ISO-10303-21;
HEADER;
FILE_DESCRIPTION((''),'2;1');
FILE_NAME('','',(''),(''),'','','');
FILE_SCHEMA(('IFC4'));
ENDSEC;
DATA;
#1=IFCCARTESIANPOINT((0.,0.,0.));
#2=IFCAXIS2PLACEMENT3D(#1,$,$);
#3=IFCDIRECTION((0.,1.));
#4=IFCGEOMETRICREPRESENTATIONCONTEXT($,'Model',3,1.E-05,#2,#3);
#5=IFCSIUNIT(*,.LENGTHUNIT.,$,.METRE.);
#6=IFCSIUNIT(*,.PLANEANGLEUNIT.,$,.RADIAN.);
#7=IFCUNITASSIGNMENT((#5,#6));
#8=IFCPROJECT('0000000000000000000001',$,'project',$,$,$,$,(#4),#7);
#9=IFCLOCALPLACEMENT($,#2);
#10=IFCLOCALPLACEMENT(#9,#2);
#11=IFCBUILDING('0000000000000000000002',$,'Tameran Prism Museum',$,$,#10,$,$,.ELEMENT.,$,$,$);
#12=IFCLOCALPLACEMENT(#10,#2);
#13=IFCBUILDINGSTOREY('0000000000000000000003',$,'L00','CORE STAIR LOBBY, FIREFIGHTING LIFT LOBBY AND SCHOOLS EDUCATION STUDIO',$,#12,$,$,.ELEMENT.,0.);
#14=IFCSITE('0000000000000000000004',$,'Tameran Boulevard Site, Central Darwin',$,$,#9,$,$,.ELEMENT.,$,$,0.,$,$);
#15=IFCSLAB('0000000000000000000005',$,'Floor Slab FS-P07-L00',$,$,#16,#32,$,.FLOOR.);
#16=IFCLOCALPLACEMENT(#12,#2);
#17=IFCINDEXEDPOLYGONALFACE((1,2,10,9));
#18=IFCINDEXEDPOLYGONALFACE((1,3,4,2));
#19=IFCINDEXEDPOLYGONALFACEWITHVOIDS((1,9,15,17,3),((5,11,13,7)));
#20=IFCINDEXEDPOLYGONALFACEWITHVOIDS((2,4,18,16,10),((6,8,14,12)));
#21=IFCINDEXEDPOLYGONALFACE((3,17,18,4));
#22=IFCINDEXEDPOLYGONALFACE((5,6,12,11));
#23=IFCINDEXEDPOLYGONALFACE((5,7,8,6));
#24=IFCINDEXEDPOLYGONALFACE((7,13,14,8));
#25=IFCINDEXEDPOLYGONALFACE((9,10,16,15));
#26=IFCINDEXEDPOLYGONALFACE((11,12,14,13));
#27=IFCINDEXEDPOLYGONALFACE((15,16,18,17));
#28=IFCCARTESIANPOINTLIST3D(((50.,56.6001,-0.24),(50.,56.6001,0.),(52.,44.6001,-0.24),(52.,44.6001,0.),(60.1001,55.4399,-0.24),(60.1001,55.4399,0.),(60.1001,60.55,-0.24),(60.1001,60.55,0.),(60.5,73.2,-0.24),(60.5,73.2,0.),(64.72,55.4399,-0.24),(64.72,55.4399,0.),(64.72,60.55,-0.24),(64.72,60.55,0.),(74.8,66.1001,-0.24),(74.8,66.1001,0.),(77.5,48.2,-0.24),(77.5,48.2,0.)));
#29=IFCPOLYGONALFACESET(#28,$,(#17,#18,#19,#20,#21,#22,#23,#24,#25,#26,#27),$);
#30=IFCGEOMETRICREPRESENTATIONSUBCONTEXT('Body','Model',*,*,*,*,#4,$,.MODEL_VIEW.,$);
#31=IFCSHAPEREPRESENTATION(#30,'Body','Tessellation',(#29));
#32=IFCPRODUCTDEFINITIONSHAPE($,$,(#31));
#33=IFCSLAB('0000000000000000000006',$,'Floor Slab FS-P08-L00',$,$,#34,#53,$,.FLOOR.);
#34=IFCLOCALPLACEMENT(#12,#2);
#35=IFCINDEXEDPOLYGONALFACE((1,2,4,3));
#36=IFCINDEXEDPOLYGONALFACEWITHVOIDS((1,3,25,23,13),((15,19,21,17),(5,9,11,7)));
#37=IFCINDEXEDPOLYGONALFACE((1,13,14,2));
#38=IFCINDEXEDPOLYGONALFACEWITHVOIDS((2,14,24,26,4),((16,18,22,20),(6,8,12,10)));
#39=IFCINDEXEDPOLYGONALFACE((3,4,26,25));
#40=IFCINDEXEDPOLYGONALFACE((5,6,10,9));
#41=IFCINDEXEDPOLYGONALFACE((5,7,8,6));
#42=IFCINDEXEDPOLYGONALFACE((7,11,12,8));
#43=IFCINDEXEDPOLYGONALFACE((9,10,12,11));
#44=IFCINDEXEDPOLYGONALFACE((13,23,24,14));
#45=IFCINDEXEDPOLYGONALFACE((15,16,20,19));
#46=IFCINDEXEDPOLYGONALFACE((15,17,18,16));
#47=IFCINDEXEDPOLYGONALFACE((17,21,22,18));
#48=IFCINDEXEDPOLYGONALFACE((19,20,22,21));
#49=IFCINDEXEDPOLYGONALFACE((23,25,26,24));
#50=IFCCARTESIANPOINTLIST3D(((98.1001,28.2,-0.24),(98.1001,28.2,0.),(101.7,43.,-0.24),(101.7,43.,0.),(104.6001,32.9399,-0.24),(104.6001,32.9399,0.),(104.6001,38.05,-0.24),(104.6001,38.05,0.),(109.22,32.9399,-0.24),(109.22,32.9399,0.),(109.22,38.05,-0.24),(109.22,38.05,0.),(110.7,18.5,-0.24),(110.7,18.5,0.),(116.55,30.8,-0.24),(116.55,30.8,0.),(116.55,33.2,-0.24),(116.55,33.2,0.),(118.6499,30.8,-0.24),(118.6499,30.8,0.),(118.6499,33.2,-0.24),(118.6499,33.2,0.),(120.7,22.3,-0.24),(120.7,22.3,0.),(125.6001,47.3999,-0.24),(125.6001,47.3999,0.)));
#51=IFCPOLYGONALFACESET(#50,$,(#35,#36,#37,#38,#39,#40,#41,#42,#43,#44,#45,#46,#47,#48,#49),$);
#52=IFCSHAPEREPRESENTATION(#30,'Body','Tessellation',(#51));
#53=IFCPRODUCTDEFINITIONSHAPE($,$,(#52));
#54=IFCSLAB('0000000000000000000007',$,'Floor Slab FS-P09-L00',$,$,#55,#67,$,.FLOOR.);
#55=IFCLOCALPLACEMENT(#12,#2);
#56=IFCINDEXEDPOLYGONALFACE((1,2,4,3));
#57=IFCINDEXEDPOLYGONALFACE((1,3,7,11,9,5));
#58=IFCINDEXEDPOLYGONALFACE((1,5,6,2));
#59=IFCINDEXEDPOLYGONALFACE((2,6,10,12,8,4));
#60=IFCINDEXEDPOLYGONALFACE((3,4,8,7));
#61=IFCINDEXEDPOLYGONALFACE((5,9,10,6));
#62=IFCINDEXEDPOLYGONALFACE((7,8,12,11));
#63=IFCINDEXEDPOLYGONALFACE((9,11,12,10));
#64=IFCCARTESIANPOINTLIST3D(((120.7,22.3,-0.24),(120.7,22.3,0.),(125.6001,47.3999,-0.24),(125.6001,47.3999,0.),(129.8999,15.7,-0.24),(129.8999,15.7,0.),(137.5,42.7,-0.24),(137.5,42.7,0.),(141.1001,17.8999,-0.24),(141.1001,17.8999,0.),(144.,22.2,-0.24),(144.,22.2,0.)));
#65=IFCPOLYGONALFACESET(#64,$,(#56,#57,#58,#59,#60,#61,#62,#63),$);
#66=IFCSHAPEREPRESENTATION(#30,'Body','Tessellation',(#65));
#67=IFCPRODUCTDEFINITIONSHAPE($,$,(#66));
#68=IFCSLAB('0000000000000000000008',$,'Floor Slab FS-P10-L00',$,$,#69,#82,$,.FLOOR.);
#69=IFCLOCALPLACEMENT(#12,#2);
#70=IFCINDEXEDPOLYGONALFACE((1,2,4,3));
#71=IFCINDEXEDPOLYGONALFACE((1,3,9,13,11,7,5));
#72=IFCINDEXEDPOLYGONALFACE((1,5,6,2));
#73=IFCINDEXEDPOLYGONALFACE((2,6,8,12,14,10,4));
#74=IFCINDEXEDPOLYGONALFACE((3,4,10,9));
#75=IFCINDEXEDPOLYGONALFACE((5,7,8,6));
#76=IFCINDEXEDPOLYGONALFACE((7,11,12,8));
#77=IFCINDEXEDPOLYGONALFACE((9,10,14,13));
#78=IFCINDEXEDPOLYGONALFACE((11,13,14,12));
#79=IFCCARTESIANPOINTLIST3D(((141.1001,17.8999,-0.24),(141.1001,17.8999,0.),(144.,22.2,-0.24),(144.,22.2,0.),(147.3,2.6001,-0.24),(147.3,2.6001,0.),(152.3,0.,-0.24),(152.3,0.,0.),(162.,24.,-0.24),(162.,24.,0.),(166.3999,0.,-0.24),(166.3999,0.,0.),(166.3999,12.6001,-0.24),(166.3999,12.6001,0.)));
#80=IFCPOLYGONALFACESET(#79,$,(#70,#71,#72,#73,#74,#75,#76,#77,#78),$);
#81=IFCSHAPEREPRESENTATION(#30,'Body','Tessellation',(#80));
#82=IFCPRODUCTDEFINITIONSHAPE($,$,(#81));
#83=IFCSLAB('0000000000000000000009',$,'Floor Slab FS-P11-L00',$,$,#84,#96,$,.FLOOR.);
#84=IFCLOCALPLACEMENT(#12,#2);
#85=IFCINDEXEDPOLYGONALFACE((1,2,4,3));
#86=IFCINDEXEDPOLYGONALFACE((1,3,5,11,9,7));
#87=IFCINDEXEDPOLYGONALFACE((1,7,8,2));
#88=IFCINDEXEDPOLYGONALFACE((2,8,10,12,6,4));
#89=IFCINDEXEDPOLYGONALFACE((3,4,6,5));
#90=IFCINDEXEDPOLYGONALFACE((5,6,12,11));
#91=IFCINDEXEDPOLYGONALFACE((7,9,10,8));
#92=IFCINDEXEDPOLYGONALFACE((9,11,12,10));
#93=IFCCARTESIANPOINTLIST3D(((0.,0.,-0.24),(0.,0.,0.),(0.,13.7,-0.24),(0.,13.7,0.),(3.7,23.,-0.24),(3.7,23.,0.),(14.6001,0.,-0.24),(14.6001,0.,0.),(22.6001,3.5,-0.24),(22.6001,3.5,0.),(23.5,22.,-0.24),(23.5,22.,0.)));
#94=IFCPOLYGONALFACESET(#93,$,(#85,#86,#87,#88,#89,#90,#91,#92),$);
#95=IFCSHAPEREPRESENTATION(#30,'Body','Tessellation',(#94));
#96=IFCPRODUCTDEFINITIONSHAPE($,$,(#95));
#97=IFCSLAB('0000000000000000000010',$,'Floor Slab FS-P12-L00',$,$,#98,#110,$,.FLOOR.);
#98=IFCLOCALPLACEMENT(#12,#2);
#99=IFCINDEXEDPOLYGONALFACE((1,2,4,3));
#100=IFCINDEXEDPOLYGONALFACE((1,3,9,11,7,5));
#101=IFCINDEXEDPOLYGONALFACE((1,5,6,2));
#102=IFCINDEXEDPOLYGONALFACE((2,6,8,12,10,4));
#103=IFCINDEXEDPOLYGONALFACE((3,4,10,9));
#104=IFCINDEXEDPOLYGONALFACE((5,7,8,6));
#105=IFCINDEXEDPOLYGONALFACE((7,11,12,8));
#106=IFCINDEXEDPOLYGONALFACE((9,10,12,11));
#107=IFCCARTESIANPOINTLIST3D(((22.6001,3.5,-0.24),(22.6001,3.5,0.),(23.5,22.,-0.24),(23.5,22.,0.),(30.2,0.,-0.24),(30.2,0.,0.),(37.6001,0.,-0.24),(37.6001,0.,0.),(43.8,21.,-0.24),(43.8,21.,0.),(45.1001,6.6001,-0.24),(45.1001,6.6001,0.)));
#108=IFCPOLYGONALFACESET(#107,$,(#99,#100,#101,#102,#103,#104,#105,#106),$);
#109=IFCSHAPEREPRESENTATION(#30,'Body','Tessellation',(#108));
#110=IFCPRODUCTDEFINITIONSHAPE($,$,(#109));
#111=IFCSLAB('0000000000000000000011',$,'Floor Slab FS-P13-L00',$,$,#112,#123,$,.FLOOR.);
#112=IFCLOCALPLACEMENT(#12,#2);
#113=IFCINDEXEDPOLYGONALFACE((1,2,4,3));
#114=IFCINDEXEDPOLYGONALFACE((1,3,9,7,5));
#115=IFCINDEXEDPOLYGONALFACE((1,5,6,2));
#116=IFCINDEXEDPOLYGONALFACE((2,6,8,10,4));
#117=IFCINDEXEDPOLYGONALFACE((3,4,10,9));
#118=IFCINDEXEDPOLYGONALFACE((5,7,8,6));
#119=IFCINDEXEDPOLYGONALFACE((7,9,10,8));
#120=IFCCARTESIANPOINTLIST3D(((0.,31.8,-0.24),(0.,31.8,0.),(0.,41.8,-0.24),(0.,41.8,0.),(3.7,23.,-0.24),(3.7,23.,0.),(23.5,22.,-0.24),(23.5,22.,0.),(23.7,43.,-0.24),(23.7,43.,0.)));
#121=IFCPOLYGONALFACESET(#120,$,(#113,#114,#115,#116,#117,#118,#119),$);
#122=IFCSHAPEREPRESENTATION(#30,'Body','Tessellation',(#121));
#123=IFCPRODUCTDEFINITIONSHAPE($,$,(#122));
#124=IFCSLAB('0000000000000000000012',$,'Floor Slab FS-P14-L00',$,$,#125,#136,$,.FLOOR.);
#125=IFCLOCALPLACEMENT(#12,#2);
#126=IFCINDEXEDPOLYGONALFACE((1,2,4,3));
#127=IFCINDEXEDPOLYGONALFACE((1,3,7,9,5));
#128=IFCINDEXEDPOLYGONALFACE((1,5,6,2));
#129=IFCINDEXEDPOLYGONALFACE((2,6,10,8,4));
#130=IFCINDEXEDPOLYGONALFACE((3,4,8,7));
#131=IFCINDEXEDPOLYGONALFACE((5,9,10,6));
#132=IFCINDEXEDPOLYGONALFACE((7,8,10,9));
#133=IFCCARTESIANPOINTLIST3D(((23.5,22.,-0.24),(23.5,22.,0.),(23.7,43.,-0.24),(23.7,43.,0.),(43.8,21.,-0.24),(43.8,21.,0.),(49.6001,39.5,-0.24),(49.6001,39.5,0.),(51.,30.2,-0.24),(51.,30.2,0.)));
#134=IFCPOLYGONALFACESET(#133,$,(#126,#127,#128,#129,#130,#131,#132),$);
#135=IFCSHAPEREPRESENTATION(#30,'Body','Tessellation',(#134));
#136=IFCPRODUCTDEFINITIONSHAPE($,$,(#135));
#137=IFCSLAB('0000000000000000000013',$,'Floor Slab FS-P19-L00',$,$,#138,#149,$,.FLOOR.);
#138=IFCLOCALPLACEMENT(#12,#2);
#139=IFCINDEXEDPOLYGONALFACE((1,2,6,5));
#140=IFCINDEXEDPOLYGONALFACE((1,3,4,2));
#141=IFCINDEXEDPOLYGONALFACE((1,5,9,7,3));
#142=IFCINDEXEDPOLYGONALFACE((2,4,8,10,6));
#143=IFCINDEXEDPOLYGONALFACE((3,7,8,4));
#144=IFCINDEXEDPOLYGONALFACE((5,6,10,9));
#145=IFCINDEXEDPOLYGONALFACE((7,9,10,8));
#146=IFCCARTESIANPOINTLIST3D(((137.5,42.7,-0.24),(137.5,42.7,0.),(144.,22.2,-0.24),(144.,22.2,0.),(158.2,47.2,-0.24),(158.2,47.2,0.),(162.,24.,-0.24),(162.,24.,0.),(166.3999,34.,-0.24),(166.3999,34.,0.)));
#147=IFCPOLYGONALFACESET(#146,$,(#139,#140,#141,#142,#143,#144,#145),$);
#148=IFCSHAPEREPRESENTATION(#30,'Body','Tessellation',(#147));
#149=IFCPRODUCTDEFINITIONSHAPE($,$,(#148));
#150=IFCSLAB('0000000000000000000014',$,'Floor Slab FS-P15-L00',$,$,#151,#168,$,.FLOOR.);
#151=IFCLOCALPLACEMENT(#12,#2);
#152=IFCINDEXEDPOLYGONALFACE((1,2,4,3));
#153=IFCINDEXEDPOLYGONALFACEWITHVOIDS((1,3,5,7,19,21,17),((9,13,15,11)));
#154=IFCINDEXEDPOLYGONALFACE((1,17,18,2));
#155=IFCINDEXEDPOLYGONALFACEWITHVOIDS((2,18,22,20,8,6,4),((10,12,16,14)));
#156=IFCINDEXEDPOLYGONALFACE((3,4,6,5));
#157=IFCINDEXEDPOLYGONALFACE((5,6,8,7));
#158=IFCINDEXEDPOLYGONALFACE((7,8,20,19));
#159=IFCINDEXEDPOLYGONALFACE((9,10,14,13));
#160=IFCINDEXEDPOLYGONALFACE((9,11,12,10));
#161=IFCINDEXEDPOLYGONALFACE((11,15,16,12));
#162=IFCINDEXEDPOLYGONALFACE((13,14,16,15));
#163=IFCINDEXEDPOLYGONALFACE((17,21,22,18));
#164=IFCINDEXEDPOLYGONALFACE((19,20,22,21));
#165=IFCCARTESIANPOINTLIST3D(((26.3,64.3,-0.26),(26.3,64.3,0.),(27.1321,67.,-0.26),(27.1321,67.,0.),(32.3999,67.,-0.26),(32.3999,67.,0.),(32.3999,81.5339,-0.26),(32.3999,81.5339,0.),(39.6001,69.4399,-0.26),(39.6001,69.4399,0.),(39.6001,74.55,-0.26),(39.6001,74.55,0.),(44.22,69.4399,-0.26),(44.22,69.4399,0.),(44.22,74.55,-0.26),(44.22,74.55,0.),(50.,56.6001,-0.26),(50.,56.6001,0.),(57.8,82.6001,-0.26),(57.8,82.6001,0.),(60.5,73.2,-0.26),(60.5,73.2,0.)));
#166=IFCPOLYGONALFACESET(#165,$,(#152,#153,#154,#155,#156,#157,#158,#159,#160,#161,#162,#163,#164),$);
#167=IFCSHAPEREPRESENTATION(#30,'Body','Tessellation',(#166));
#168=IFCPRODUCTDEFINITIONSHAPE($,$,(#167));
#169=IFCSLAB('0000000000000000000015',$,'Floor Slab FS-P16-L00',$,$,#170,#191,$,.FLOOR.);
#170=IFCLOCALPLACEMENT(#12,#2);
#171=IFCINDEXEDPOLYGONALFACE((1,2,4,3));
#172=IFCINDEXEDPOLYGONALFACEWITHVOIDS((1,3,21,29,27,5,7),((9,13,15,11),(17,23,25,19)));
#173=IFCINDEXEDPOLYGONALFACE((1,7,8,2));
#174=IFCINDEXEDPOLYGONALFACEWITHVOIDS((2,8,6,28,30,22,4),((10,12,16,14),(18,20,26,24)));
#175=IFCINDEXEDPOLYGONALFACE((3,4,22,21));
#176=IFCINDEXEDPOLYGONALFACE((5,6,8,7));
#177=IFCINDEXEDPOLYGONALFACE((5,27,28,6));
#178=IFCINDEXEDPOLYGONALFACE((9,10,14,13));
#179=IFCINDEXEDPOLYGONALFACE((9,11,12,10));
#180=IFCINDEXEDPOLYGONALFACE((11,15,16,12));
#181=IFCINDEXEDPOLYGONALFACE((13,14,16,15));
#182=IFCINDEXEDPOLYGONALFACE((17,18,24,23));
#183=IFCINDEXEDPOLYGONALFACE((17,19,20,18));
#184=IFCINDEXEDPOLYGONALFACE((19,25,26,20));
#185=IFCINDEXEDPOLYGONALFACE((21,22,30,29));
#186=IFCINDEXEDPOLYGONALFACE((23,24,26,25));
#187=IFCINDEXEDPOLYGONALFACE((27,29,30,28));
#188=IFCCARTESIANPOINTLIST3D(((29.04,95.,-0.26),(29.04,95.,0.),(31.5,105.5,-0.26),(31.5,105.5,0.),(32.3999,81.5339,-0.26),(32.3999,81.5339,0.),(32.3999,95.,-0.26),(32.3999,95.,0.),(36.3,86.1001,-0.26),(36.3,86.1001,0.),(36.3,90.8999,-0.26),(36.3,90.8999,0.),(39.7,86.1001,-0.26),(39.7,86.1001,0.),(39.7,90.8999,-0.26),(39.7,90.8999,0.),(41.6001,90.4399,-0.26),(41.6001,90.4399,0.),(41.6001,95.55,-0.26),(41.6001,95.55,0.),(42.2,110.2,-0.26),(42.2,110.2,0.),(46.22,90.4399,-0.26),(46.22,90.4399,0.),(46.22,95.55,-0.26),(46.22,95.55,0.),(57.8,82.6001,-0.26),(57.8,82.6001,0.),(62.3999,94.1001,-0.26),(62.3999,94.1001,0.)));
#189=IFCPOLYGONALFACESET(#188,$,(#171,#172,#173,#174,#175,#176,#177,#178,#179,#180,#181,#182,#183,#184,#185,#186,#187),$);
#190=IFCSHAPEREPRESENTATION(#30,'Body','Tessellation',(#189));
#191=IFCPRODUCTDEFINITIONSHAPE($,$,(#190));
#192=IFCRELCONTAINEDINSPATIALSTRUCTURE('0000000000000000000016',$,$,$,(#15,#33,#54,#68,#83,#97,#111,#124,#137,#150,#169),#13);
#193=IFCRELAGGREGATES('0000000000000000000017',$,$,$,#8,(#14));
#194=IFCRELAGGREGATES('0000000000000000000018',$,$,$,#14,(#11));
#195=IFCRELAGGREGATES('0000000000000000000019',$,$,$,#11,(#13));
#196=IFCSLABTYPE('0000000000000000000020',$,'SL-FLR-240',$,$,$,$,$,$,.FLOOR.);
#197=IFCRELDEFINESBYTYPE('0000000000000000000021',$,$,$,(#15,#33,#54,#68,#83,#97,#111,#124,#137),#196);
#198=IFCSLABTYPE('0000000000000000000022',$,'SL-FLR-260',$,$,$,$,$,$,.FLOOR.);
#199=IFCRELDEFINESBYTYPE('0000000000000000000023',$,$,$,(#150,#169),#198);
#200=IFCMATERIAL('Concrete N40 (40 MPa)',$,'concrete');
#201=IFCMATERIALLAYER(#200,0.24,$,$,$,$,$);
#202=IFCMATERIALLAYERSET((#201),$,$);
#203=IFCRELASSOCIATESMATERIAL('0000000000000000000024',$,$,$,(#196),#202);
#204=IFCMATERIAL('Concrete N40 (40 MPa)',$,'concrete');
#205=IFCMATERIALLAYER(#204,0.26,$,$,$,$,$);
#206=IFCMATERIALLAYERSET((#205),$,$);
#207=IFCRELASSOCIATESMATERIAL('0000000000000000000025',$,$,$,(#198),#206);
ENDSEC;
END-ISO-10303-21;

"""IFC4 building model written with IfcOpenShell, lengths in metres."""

from ifc_helpers import new_model, si_unit, direction, frame, origin, place, context, subcontext, project, spatial, polyline, outline, extrude, material, layer, layer_set, type_object, element, save


model = new_model("IFC4")

# Units and contexts
model_context = context("Model", 3, precision=1e-05, world=origin(), true_north=direction((0.0, 1.0)))
body_context = subcontext(model_context, "Body", "Model", "MODEL_VIEW")
ifc_project = project(units=[si_unit("LENGTHUNIT", "METRE"), si_unit("PLANEANGLEUNIT", "RADIAN")], contexts=[model_context])

# Site, building, storey
site_placement = place(None, origin())
site = spatial("IfcSite", under=ifc_project, at=site_placement, Name="Tameran Boulevard Site, Central Darwin", CompositionType="ELEMENT", RefElevation=0.0)
building_placement = place(site_placement, origin())
building = spatial("IfcBuilding", under=site, at=building_placement, Name="Tameran Prism Museum", CompositionType="ELEMENT")
storey_placement = place(building_placement, origin())
storey = spatial("IfcBuildingStorey", under=building, at=storey_placement, Name="L00", Description="CORE STAIR LOBBY, FIREFIGHTING LIFT LOBBY AND SCHOOLS EDUCATION STUDIO", CompositionType="ELEMENT", Elevation=0.0)

# Slabs
ifc_material_1 = material(Name="Concrete N40 (40 MPa)", Category="concrete")
ifc_layer_1 = layer(ifc_material_1, 0.24)
ifc_layer_set_1 = layer_set([ifc_layer_1])
slab_type_1 = type_object("IfcSlabType", Name="SL-FLR-240", PredefinedType="FLOOR", material=ifc_layer_set_1)
slab_1_placement = place(storey_placement, frame((0.0, 0.0, -0.24)))
element("IfcSlab", 1, at=slab_1_placement, inside=storey, type_object=slab_type_1, Name="Floor Slab FS-P07-L00", PredefinedType="FLOOR", context=body_context, shape_type="SweptSolid", body=[
    extrude(outline(polyline([(60.5, 73.2), (74.8, 66.1001), (77.5, 48.2), (52.0, 44.6001), (50.0, 56.6001), (60.5, 73.2)]), holes=[polyline([(64.72, 60.55), (60.1001, 60.55), (60.1001, 55.4399), (64.72, 55.4399), (64.72, 60.55)])]), origin(), (0.0, 0.0, 1.0), 0.24),
])
slab_2_placement = place(storey_placement, frame((0.0, 0.0, -0.24)))
element("IfcSlab", 2, at=slab_2_placement, inside=storey, type_object=slab_type_1, Name="Floor Slab FS-P08-L00", PredefinedType="FLOOR", context=body_context, shape_type="SweptSolid", body=[
    extrude(outline(polyline([(101.7, 43.0), (125.6001, 47.3999), (120.7, 22.3), (110.7, 18.5), (98.1001, 28.2), (101.7, 43.0)]), holes=[polyline([(118.6499, 30.8), (118.6499, 33.2), (116.55, 33.2), (116.55, 30.8), (118.6499, 30.8)]), polyline([(109.22, 32.9399), (109.22, 38.05), (104.6001, 38.05), (104.6001, 32.9399), (109.22, 32.9399)])]), origin(), (0.0, 0.0, 1.0), 0.24),
])
slab_3_placement = place(storey_placement, frame((0.0, 0.0, -0.24)))
element("IfcSlab", 3, at=slab_3_placement, inside=storey, type_object=slab_type_1, Name="Floor Slab FS-P09-L00", PredefinedType="FLOOR", context=body_context, shape_type="SweptSolid", body=[
    extrude(outline(polyline([(137.5, 42.7), (125.6001, 47.3999), (120.7, 22.3), (129.8999, 15.7), (141.1001, 17.8999), (144.0, 22.2), (137.5, 42.7)])), origin(), (0.0, 0.0, 1.0), 0.24),
])
slab_4_placement = place(storey_placement, frame((0.0, 0.0, -0.24)))
element("IfcSlab", 4, at=slab_4_placement, inside=storey, type_object=slab_type_1, Name="Floor Slab FS-P10-L00", PredefinedType="FLOOR", context=body_context, shape_type="SweptSolid", body=[
    extrude(outline(polyline([(141.1001, 17.8999), (147.3, 2.6001), (152.3, 0.0), (166.3999, 0.0), (166.3999, 12.6001), (162.0, 24.0), (144.0, 22.2), (141.1001, 17.8999)])), origin(), (0.0, 0.0, 1.0), 0.24),
])
slab_5_placement = place(storey_placement, frame((0.0, 0.0, -0.24)))
element("IfcSlab", 5, at=slab_5_placement, inside=storey, type_object=slab_type_1, Name="Floor Slab FS-P11-L00", PredefinedType="FLOOR", context=body_context, shape_type="SweptSolid", body=[
    extrude(outline(polyline([(23.5, 22.0), (3.7, 23.0), (0.0, 13.7), (0.0, 0.0), (14.6001, 0.0), (22.6001, 3.5), (23.5, 22.0)])), origin(), (0.0, 0.0, 1.0), 0.24),
])
slab_6_placement = place(storey_placement, frame((0.0, 0.0, -0.24)))
element("IfcSlab", 6, at=slab_6_placement, inside=storey, type_object=slab_type_1, Name="Floor Slab FS-P12-L00", PredefinedType="FLOOR", context=body_context, shape_type="SweptSolid", body=[
    extrude(outline(polyline([(22.6001, 3.5), (30.2, 0.0), (37.6001, 0.0), (45.1001, 6.6001), (43.8, 21.0), (23.5, 22.0), (22.6001, 3.5)])), origin(), (0.0, 0.0, 1.0), 0.24),
])
slab_7_placement = place(storey_placement, frame((0.0, 0.0, -0.24)))
element("IfcSlab", 7, at=slab_7_placement, inside=storey, type_object=slab_type_1, Name="Floor Slab FS-P13-L00", PredefinedType="FLOOR", context=body_context, shape_type="SweptSolid", body=[
    extrude(outline(polyline([(23.7, 43.0), (0.0, 41.8), (0.0, 31.8), (3.7, 23.0), (23.5, 22.0), (23.7, 43.0)])), origin(), (0.0, 0.0, 1.0), 0.24),
])
slab_8_placement = place(storey_placement, frame((0.0, 0.0, -0.24)))
element("IfcSlab", 8, at=slab_8_placement, inside=storey, type_object=slab_type_1, Name="Floor Slab FS-P14-L00", PredefinedType="FLOOR", context=body_context, shape_type="SweptSolid", body=[
    extrude(outline(polyline([(23.5, 22.0), (43.8, 21.0), (51.0, 30.2), (49.6001, 39.5), (23.7, 43.0), (23.5, 22.0)])), origin(), (0.0, 0.0, 1.0), 0.24),
])
slab_9_placement = place(storey_placement, frame((0.0, 0.0, -0.24)))
element("IfcSlab", 9, at=slab_9_placement, inside=storey, type_object=slab_type_1, Name="Floor Slab FS-P19-L00", PredefinedType="FLOOR", context=body_context, shape_type="SweptSolid", body=[
    extrude(outline(polyline([(144.0, 22.2), (162.0, 24.0), (166.3999, 34.0), (158.2, 47.2), (137.5, 42.7), (144.0, 22.2)])), origin(), (0.0, 0.0, 1.0), 0.24),
])
ifc_material_2 = material(Name="Concrete N40 (40 MPa)", Category="concrete")
ifc_layer_2 = layer(ifc_material_2, 0.26)
ifc_layer_set_2 = layer_set([ifc_layer_2])
slab_type_2 = type_object("IfcSlabType", Name="SL-FLR-260", PredefinedType="FLOOR", material=ifc_layer_set_2)
slab_10_placement = place(storey_placement, frame((0.0, 0.0, -0.26)))
element("IfcSlab", 10, at=slab_10_placement, inside=storey, type_object=slab_type_2, Name="Floor Slab FS-P15-L00", PredefinedType="FLOOR", context=body_context, shape_type="SweptSolid", body=[
    extrude(outline(polyline([(57.8, 82.6001), (60.5, 73.2), (50.0, 56.6001), (26.3, 64.3), (27.1321, 67.0), (32.3999, 67.0), (32.3999, 81.5339), (57.8, 82.6001)]), holes=[polyline([(44.22, 69.4399), (44.22, 74.55), (39.6001, 74.55), (39.6001, 69.4399), (44.22, 69.4399)])]), origin(), (0.0, 0.0, 1.0), 0.26),
])
slab_11_placement = place(storey_placement, frame((0.0, 0.0, -0.26)))
element("IfcSlab", 11, at=slab_11_placement, inside=storey, type_object=slab_type_2, Name="Floor Slab FS-P16-L00", PredefinedType="FLOOR", context=body_context, shape_type="SweptSolid", body=[
    extrude(outline(polyline([(31.5, 105.5), (42.2, 110.2), (62.3999, 94.1001), (57.8, 82.6001), (32.3999, 81.5339), (32.3999, 95.0), (29.04, 95.0), (31.5, 105.5)]), holes=[polyline([(36.3, 86.1001), (39.7, 86.1001), (39.7, 90.8999), (36.3, 90.8999), (36.3, 86.1001)]), polyline([(41.6001, 90.4399), (46.22, 90.4399), (46.22, 95.55), (41.6001, 95.55), (41.6001, 90.4399)])]), origin(), (0.0, 0.0, 1.0), 0.26),
])

save(model, "model.ifc")
